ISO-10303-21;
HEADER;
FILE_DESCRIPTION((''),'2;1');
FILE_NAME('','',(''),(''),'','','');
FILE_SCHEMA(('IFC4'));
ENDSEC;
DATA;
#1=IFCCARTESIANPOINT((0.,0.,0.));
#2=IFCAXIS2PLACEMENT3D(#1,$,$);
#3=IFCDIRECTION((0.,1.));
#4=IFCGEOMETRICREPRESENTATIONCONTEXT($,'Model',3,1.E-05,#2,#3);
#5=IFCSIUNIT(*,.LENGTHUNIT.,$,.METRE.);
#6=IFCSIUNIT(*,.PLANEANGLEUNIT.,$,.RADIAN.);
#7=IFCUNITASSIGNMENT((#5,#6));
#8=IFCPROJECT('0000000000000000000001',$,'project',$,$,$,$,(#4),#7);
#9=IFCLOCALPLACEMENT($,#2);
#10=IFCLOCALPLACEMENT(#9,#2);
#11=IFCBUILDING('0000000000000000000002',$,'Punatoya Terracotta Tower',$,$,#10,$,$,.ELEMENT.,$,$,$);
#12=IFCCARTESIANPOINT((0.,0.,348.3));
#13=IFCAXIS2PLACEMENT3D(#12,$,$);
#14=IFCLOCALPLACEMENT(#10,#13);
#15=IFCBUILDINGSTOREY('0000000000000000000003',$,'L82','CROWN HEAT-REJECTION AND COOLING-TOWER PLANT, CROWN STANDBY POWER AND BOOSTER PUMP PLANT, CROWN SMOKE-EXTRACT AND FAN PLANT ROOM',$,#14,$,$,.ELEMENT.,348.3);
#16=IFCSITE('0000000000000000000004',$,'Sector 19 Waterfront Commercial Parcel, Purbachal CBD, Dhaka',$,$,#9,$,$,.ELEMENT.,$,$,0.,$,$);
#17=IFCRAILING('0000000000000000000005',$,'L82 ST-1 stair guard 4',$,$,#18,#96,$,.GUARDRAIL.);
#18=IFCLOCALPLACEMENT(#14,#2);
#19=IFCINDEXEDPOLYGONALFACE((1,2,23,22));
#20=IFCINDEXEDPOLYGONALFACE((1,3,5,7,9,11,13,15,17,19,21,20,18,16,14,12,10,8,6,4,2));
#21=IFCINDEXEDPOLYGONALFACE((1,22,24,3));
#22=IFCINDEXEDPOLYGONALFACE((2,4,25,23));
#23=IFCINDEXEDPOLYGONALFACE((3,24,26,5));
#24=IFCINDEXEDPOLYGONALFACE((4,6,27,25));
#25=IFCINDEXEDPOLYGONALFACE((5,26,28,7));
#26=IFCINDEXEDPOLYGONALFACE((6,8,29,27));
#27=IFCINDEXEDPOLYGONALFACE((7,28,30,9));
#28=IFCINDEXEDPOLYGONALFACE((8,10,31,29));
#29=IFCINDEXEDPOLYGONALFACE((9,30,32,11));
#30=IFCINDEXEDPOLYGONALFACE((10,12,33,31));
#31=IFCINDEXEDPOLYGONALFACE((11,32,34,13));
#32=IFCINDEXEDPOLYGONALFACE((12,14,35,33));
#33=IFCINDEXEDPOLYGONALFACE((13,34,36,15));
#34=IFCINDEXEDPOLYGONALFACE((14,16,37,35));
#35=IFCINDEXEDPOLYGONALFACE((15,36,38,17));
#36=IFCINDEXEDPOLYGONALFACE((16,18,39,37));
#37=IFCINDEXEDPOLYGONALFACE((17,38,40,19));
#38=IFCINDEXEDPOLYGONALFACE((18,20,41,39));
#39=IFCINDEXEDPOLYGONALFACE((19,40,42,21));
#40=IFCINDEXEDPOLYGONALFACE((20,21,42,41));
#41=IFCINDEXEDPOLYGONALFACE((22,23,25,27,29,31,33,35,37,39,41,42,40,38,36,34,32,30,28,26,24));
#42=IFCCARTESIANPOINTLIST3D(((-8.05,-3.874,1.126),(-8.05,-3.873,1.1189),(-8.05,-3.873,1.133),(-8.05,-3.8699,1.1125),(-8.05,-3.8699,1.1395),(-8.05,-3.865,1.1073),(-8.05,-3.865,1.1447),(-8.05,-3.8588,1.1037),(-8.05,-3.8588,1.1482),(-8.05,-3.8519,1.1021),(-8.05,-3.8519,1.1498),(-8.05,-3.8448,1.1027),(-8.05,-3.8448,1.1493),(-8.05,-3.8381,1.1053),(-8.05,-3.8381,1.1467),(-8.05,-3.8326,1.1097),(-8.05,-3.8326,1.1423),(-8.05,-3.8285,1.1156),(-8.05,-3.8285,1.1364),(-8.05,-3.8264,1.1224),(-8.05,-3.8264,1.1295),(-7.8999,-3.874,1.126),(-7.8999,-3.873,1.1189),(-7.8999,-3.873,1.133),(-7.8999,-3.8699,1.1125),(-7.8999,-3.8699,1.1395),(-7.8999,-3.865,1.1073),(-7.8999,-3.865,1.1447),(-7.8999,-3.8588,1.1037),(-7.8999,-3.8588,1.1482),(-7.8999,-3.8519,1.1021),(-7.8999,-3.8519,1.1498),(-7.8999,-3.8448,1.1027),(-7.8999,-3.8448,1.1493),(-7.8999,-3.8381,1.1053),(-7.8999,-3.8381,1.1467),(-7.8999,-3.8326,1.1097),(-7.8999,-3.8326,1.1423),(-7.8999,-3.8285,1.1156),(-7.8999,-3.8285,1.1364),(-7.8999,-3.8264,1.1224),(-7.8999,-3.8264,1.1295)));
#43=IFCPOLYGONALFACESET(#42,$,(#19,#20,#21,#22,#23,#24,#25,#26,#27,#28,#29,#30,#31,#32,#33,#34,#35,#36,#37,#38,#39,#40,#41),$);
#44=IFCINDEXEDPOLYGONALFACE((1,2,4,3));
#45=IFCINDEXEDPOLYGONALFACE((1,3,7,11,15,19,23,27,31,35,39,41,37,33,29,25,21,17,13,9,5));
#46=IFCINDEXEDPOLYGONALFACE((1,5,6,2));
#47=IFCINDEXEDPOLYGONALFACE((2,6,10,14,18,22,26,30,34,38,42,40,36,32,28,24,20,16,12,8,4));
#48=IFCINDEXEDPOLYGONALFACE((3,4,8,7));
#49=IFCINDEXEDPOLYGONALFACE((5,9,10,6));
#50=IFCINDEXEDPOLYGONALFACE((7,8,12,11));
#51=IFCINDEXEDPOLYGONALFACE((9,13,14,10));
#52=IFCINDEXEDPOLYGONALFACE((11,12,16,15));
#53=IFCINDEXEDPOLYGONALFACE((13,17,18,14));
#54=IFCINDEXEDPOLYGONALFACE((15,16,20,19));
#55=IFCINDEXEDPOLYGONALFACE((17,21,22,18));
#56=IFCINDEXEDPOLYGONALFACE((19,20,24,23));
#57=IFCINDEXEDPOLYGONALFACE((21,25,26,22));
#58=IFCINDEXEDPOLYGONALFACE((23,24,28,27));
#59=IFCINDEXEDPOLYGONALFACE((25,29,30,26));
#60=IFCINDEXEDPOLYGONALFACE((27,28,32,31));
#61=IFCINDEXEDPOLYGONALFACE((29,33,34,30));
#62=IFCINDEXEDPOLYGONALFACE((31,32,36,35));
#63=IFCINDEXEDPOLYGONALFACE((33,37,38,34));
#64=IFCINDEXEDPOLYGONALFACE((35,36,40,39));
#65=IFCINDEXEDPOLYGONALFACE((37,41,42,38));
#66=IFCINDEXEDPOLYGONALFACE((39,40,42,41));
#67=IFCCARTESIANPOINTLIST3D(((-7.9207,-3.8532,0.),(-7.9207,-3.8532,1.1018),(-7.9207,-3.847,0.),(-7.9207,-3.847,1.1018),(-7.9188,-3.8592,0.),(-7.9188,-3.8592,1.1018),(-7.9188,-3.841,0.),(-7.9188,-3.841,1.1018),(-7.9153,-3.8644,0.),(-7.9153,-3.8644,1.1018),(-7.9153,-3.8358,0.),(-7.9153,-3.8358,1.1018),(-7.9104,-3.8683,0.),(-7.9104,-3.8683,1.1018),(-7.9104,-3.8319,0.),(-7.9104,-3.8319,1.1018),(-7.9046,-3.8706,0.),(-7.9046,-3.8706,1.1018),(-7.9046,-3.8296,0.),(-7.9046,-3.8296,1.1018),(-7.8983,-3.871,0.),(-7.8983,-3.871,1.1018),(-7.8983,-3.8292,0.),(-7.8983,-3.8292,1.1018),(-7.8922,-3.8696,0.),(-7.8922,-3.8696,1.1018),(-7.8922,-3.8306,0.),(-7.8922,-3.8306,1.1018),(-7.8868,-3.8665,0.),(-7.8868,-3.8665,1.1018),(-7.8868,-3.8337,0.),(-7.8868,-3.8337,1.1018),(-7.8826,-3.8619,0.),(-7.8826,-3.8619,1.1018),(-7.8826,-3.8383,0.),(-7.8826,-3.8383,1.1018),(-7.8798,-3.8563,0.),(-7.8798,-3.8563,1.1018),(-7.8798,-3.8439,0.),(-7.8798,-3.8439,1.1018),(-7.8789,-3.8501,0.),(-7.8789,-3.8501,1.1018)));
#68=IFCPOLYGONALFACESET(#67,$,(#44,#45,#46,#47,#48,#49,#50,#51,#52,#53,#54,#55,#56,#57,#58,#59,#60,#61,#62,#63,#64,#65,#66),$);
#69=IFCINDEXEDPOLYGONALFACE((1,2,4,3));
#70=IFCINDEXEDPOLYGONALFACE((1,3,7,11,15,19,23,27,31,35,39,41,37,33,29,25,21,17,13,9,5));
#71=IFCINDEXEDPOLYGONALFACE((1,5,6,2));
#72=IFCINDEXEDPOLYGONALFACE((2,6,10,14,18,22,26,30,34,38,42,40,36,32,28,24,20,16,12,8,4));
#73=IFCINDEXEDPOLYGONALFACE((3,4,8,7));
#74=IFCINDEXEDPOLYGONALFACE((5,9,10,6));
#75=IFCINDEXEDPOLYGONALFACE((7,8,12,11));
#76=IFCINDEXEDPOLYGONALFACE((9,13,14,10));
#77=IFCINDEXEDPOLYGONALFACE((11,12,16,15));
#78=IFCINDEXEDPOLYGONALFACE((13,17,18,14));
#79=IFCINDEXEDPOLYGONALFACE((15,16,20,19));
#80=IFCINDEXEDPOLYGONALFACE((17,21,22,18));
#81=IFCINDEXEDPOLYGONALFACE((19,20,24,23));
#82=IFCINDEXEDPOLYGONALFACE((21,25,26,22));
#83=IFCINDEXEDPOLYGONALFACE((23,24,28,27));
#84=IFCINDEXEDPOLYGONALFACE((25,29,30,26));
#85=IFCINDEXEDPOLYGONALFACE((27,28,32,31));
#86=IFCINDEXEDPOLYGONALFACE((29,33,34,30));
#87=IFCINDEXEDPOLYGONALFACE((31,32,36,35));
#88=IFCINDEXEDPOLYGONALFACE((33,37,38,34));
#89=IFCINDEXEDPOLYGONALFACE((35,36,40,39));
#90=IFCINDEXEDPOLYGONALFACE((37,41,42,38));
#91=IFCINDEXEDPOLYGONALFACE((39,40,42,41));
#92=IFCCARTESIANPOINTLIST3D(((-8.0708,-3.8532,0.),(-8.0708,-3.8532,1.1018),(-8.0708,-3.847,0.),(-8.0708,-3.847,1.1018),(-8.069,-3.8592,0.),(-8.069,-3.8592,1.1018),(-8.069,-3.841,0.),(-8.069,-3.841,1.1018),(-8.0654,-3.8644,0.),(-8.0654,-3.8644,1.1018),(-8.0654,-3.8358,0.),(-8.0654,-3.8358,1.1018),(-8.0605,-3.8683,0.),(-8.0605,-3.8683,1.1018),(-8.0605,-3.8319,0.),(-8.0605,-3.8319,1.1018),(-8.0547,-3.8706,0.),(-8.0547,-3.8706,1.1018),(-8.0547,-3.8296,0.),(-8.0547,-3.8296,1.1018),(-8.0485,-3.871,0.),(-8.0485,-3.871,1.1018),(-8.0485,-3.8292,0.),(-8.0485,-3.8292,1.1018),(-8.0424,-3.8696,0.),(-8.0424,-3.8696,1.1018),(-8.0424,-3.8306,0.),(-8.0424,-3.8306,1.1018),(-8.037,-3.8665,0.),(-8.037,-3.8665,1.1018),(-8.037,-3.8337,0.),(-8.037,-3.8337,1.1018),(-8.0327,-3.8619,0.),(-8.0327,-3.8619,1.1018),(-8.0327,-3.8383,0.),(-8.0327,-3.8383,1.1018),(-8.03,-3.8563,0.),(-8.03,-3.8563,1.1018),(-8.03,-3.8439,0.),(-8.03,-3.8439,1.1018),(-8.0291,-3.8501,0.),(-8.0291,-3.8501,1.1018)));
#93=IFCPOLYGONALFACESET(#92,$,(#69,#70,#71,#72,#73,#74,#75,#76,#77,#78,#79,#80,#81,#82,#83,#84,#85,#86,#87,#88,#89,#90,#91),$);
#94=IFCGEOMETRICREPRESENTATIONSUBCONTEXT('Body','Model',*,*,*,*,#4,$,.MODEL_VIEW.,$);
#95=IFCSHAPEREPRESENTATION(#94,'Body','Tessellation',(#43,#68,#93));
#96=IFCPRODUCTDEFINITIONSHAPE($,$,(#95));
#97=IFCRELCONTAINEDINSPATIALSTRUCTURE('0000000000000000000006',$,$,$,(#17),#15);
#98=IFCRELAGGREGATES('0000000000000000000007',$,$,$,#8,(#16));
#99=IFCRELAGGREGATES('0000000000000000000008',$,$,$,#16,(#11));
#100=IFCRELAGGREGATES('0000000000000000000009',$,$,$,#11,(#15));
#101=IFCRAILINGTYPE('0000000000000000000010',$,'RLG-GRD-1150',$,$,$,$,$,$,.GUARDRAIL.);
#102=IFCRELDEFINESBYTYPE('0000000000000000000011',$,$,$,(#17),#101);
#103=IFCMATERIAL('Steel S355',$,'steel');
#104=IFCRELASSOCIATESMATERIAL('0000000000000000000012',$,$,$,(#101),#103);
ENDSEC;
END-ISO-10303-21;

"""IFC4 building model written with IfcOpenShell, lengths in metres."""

from ifc_helpers import new_model, si_unit, direction, frame, origin, origin_2d, place, context, subcontext, project, spatial, circle, extrude, material, type_object, element, save


model = new_model("IFC4")

# Units and contexts
model_context = context("Model", 3, precision=1e-05, world=origin(), true_north=direction((0.0, 1.0)))
body_context = subcontext(model_context, "Body", "Model", "MODEL_VIEW")
ifc_project = project(units=[si_unit("LENGTHUNIT", "METRE"), si_unit("PLANEANGLEUNIT", "RADIAN")], contexts=[model_context])

# Site, building, storey
site_placement = place(None, origin())
site = spatial("IfcSite", under=ifc_project, at=site_placement, Name="Sector 19 Waterfront Commercial Parcel, Purbachal CBD, Dhaka", CompositionType="ELEMENT", RefElevation=0.0)
building_placement = place(site_placement, origin())
building = spatial("IfcBuilding", under=site, at=building_placement, Name="Punatoya Terracotta Tower", CompositionType="ELEMENT")
storey_placement = place(building_placement, frame((0.0, 0.0, 348.3)))
storey = spatial("IfcBuildingStorey", under=building, at=storey_placement, Name="L82", Description="CROWN HEAT-REJECTION AND COOLING-TOWER PLANT, CROWN STANDBY POWER AND BOOSTER PUMP PLANT, CROWN SMOKE-EXTRACT AND FAN PLANT ROOM", CompositionType="ELEMENT", Elevation=348.3)

# Railing
ifc_material_1 = material(Name="Steel S355", Category="steel")
railing_type_1 = type_object("IfcRailingType", Name="RLG-GRD-1150", PredefinedType="GUARDRAIL", material=ifc_material_1)
railing_1_placement = place(storey_placement, frame((-7.8999, -3.8501, 0.0)))
element("IfcRailing", 1, at=railing_1_placement, inside=storey, type_object=railing_type_1, Name="L82 ST-1 stair guard 4", PredefinedType="GUARDRAIL", context=body_context, shape_type="SweptSolid", body=[
    extrude(circle(Radius=0.0239, at=origin_2d()), frame((0.0, 0.0, 1.126), z_axis=(-1.0, 0.0, 0.0), x_axis=(0.0, -1.0, 0.0)), (0.0, 0.0, 1.0), 0.1501),
    extrude(circle(Radius=0.021, at=origin_2d()), origin(), (0.0, 0.0, 1.0), 1.1018),
    extrude(circle(Radius=0.021, at=origin_2d()), frame((-0.1501, 0.0, 0.0)), (0.0, 0.0, 1.0), 1.1018),
])

save(model, "model.ifc")
